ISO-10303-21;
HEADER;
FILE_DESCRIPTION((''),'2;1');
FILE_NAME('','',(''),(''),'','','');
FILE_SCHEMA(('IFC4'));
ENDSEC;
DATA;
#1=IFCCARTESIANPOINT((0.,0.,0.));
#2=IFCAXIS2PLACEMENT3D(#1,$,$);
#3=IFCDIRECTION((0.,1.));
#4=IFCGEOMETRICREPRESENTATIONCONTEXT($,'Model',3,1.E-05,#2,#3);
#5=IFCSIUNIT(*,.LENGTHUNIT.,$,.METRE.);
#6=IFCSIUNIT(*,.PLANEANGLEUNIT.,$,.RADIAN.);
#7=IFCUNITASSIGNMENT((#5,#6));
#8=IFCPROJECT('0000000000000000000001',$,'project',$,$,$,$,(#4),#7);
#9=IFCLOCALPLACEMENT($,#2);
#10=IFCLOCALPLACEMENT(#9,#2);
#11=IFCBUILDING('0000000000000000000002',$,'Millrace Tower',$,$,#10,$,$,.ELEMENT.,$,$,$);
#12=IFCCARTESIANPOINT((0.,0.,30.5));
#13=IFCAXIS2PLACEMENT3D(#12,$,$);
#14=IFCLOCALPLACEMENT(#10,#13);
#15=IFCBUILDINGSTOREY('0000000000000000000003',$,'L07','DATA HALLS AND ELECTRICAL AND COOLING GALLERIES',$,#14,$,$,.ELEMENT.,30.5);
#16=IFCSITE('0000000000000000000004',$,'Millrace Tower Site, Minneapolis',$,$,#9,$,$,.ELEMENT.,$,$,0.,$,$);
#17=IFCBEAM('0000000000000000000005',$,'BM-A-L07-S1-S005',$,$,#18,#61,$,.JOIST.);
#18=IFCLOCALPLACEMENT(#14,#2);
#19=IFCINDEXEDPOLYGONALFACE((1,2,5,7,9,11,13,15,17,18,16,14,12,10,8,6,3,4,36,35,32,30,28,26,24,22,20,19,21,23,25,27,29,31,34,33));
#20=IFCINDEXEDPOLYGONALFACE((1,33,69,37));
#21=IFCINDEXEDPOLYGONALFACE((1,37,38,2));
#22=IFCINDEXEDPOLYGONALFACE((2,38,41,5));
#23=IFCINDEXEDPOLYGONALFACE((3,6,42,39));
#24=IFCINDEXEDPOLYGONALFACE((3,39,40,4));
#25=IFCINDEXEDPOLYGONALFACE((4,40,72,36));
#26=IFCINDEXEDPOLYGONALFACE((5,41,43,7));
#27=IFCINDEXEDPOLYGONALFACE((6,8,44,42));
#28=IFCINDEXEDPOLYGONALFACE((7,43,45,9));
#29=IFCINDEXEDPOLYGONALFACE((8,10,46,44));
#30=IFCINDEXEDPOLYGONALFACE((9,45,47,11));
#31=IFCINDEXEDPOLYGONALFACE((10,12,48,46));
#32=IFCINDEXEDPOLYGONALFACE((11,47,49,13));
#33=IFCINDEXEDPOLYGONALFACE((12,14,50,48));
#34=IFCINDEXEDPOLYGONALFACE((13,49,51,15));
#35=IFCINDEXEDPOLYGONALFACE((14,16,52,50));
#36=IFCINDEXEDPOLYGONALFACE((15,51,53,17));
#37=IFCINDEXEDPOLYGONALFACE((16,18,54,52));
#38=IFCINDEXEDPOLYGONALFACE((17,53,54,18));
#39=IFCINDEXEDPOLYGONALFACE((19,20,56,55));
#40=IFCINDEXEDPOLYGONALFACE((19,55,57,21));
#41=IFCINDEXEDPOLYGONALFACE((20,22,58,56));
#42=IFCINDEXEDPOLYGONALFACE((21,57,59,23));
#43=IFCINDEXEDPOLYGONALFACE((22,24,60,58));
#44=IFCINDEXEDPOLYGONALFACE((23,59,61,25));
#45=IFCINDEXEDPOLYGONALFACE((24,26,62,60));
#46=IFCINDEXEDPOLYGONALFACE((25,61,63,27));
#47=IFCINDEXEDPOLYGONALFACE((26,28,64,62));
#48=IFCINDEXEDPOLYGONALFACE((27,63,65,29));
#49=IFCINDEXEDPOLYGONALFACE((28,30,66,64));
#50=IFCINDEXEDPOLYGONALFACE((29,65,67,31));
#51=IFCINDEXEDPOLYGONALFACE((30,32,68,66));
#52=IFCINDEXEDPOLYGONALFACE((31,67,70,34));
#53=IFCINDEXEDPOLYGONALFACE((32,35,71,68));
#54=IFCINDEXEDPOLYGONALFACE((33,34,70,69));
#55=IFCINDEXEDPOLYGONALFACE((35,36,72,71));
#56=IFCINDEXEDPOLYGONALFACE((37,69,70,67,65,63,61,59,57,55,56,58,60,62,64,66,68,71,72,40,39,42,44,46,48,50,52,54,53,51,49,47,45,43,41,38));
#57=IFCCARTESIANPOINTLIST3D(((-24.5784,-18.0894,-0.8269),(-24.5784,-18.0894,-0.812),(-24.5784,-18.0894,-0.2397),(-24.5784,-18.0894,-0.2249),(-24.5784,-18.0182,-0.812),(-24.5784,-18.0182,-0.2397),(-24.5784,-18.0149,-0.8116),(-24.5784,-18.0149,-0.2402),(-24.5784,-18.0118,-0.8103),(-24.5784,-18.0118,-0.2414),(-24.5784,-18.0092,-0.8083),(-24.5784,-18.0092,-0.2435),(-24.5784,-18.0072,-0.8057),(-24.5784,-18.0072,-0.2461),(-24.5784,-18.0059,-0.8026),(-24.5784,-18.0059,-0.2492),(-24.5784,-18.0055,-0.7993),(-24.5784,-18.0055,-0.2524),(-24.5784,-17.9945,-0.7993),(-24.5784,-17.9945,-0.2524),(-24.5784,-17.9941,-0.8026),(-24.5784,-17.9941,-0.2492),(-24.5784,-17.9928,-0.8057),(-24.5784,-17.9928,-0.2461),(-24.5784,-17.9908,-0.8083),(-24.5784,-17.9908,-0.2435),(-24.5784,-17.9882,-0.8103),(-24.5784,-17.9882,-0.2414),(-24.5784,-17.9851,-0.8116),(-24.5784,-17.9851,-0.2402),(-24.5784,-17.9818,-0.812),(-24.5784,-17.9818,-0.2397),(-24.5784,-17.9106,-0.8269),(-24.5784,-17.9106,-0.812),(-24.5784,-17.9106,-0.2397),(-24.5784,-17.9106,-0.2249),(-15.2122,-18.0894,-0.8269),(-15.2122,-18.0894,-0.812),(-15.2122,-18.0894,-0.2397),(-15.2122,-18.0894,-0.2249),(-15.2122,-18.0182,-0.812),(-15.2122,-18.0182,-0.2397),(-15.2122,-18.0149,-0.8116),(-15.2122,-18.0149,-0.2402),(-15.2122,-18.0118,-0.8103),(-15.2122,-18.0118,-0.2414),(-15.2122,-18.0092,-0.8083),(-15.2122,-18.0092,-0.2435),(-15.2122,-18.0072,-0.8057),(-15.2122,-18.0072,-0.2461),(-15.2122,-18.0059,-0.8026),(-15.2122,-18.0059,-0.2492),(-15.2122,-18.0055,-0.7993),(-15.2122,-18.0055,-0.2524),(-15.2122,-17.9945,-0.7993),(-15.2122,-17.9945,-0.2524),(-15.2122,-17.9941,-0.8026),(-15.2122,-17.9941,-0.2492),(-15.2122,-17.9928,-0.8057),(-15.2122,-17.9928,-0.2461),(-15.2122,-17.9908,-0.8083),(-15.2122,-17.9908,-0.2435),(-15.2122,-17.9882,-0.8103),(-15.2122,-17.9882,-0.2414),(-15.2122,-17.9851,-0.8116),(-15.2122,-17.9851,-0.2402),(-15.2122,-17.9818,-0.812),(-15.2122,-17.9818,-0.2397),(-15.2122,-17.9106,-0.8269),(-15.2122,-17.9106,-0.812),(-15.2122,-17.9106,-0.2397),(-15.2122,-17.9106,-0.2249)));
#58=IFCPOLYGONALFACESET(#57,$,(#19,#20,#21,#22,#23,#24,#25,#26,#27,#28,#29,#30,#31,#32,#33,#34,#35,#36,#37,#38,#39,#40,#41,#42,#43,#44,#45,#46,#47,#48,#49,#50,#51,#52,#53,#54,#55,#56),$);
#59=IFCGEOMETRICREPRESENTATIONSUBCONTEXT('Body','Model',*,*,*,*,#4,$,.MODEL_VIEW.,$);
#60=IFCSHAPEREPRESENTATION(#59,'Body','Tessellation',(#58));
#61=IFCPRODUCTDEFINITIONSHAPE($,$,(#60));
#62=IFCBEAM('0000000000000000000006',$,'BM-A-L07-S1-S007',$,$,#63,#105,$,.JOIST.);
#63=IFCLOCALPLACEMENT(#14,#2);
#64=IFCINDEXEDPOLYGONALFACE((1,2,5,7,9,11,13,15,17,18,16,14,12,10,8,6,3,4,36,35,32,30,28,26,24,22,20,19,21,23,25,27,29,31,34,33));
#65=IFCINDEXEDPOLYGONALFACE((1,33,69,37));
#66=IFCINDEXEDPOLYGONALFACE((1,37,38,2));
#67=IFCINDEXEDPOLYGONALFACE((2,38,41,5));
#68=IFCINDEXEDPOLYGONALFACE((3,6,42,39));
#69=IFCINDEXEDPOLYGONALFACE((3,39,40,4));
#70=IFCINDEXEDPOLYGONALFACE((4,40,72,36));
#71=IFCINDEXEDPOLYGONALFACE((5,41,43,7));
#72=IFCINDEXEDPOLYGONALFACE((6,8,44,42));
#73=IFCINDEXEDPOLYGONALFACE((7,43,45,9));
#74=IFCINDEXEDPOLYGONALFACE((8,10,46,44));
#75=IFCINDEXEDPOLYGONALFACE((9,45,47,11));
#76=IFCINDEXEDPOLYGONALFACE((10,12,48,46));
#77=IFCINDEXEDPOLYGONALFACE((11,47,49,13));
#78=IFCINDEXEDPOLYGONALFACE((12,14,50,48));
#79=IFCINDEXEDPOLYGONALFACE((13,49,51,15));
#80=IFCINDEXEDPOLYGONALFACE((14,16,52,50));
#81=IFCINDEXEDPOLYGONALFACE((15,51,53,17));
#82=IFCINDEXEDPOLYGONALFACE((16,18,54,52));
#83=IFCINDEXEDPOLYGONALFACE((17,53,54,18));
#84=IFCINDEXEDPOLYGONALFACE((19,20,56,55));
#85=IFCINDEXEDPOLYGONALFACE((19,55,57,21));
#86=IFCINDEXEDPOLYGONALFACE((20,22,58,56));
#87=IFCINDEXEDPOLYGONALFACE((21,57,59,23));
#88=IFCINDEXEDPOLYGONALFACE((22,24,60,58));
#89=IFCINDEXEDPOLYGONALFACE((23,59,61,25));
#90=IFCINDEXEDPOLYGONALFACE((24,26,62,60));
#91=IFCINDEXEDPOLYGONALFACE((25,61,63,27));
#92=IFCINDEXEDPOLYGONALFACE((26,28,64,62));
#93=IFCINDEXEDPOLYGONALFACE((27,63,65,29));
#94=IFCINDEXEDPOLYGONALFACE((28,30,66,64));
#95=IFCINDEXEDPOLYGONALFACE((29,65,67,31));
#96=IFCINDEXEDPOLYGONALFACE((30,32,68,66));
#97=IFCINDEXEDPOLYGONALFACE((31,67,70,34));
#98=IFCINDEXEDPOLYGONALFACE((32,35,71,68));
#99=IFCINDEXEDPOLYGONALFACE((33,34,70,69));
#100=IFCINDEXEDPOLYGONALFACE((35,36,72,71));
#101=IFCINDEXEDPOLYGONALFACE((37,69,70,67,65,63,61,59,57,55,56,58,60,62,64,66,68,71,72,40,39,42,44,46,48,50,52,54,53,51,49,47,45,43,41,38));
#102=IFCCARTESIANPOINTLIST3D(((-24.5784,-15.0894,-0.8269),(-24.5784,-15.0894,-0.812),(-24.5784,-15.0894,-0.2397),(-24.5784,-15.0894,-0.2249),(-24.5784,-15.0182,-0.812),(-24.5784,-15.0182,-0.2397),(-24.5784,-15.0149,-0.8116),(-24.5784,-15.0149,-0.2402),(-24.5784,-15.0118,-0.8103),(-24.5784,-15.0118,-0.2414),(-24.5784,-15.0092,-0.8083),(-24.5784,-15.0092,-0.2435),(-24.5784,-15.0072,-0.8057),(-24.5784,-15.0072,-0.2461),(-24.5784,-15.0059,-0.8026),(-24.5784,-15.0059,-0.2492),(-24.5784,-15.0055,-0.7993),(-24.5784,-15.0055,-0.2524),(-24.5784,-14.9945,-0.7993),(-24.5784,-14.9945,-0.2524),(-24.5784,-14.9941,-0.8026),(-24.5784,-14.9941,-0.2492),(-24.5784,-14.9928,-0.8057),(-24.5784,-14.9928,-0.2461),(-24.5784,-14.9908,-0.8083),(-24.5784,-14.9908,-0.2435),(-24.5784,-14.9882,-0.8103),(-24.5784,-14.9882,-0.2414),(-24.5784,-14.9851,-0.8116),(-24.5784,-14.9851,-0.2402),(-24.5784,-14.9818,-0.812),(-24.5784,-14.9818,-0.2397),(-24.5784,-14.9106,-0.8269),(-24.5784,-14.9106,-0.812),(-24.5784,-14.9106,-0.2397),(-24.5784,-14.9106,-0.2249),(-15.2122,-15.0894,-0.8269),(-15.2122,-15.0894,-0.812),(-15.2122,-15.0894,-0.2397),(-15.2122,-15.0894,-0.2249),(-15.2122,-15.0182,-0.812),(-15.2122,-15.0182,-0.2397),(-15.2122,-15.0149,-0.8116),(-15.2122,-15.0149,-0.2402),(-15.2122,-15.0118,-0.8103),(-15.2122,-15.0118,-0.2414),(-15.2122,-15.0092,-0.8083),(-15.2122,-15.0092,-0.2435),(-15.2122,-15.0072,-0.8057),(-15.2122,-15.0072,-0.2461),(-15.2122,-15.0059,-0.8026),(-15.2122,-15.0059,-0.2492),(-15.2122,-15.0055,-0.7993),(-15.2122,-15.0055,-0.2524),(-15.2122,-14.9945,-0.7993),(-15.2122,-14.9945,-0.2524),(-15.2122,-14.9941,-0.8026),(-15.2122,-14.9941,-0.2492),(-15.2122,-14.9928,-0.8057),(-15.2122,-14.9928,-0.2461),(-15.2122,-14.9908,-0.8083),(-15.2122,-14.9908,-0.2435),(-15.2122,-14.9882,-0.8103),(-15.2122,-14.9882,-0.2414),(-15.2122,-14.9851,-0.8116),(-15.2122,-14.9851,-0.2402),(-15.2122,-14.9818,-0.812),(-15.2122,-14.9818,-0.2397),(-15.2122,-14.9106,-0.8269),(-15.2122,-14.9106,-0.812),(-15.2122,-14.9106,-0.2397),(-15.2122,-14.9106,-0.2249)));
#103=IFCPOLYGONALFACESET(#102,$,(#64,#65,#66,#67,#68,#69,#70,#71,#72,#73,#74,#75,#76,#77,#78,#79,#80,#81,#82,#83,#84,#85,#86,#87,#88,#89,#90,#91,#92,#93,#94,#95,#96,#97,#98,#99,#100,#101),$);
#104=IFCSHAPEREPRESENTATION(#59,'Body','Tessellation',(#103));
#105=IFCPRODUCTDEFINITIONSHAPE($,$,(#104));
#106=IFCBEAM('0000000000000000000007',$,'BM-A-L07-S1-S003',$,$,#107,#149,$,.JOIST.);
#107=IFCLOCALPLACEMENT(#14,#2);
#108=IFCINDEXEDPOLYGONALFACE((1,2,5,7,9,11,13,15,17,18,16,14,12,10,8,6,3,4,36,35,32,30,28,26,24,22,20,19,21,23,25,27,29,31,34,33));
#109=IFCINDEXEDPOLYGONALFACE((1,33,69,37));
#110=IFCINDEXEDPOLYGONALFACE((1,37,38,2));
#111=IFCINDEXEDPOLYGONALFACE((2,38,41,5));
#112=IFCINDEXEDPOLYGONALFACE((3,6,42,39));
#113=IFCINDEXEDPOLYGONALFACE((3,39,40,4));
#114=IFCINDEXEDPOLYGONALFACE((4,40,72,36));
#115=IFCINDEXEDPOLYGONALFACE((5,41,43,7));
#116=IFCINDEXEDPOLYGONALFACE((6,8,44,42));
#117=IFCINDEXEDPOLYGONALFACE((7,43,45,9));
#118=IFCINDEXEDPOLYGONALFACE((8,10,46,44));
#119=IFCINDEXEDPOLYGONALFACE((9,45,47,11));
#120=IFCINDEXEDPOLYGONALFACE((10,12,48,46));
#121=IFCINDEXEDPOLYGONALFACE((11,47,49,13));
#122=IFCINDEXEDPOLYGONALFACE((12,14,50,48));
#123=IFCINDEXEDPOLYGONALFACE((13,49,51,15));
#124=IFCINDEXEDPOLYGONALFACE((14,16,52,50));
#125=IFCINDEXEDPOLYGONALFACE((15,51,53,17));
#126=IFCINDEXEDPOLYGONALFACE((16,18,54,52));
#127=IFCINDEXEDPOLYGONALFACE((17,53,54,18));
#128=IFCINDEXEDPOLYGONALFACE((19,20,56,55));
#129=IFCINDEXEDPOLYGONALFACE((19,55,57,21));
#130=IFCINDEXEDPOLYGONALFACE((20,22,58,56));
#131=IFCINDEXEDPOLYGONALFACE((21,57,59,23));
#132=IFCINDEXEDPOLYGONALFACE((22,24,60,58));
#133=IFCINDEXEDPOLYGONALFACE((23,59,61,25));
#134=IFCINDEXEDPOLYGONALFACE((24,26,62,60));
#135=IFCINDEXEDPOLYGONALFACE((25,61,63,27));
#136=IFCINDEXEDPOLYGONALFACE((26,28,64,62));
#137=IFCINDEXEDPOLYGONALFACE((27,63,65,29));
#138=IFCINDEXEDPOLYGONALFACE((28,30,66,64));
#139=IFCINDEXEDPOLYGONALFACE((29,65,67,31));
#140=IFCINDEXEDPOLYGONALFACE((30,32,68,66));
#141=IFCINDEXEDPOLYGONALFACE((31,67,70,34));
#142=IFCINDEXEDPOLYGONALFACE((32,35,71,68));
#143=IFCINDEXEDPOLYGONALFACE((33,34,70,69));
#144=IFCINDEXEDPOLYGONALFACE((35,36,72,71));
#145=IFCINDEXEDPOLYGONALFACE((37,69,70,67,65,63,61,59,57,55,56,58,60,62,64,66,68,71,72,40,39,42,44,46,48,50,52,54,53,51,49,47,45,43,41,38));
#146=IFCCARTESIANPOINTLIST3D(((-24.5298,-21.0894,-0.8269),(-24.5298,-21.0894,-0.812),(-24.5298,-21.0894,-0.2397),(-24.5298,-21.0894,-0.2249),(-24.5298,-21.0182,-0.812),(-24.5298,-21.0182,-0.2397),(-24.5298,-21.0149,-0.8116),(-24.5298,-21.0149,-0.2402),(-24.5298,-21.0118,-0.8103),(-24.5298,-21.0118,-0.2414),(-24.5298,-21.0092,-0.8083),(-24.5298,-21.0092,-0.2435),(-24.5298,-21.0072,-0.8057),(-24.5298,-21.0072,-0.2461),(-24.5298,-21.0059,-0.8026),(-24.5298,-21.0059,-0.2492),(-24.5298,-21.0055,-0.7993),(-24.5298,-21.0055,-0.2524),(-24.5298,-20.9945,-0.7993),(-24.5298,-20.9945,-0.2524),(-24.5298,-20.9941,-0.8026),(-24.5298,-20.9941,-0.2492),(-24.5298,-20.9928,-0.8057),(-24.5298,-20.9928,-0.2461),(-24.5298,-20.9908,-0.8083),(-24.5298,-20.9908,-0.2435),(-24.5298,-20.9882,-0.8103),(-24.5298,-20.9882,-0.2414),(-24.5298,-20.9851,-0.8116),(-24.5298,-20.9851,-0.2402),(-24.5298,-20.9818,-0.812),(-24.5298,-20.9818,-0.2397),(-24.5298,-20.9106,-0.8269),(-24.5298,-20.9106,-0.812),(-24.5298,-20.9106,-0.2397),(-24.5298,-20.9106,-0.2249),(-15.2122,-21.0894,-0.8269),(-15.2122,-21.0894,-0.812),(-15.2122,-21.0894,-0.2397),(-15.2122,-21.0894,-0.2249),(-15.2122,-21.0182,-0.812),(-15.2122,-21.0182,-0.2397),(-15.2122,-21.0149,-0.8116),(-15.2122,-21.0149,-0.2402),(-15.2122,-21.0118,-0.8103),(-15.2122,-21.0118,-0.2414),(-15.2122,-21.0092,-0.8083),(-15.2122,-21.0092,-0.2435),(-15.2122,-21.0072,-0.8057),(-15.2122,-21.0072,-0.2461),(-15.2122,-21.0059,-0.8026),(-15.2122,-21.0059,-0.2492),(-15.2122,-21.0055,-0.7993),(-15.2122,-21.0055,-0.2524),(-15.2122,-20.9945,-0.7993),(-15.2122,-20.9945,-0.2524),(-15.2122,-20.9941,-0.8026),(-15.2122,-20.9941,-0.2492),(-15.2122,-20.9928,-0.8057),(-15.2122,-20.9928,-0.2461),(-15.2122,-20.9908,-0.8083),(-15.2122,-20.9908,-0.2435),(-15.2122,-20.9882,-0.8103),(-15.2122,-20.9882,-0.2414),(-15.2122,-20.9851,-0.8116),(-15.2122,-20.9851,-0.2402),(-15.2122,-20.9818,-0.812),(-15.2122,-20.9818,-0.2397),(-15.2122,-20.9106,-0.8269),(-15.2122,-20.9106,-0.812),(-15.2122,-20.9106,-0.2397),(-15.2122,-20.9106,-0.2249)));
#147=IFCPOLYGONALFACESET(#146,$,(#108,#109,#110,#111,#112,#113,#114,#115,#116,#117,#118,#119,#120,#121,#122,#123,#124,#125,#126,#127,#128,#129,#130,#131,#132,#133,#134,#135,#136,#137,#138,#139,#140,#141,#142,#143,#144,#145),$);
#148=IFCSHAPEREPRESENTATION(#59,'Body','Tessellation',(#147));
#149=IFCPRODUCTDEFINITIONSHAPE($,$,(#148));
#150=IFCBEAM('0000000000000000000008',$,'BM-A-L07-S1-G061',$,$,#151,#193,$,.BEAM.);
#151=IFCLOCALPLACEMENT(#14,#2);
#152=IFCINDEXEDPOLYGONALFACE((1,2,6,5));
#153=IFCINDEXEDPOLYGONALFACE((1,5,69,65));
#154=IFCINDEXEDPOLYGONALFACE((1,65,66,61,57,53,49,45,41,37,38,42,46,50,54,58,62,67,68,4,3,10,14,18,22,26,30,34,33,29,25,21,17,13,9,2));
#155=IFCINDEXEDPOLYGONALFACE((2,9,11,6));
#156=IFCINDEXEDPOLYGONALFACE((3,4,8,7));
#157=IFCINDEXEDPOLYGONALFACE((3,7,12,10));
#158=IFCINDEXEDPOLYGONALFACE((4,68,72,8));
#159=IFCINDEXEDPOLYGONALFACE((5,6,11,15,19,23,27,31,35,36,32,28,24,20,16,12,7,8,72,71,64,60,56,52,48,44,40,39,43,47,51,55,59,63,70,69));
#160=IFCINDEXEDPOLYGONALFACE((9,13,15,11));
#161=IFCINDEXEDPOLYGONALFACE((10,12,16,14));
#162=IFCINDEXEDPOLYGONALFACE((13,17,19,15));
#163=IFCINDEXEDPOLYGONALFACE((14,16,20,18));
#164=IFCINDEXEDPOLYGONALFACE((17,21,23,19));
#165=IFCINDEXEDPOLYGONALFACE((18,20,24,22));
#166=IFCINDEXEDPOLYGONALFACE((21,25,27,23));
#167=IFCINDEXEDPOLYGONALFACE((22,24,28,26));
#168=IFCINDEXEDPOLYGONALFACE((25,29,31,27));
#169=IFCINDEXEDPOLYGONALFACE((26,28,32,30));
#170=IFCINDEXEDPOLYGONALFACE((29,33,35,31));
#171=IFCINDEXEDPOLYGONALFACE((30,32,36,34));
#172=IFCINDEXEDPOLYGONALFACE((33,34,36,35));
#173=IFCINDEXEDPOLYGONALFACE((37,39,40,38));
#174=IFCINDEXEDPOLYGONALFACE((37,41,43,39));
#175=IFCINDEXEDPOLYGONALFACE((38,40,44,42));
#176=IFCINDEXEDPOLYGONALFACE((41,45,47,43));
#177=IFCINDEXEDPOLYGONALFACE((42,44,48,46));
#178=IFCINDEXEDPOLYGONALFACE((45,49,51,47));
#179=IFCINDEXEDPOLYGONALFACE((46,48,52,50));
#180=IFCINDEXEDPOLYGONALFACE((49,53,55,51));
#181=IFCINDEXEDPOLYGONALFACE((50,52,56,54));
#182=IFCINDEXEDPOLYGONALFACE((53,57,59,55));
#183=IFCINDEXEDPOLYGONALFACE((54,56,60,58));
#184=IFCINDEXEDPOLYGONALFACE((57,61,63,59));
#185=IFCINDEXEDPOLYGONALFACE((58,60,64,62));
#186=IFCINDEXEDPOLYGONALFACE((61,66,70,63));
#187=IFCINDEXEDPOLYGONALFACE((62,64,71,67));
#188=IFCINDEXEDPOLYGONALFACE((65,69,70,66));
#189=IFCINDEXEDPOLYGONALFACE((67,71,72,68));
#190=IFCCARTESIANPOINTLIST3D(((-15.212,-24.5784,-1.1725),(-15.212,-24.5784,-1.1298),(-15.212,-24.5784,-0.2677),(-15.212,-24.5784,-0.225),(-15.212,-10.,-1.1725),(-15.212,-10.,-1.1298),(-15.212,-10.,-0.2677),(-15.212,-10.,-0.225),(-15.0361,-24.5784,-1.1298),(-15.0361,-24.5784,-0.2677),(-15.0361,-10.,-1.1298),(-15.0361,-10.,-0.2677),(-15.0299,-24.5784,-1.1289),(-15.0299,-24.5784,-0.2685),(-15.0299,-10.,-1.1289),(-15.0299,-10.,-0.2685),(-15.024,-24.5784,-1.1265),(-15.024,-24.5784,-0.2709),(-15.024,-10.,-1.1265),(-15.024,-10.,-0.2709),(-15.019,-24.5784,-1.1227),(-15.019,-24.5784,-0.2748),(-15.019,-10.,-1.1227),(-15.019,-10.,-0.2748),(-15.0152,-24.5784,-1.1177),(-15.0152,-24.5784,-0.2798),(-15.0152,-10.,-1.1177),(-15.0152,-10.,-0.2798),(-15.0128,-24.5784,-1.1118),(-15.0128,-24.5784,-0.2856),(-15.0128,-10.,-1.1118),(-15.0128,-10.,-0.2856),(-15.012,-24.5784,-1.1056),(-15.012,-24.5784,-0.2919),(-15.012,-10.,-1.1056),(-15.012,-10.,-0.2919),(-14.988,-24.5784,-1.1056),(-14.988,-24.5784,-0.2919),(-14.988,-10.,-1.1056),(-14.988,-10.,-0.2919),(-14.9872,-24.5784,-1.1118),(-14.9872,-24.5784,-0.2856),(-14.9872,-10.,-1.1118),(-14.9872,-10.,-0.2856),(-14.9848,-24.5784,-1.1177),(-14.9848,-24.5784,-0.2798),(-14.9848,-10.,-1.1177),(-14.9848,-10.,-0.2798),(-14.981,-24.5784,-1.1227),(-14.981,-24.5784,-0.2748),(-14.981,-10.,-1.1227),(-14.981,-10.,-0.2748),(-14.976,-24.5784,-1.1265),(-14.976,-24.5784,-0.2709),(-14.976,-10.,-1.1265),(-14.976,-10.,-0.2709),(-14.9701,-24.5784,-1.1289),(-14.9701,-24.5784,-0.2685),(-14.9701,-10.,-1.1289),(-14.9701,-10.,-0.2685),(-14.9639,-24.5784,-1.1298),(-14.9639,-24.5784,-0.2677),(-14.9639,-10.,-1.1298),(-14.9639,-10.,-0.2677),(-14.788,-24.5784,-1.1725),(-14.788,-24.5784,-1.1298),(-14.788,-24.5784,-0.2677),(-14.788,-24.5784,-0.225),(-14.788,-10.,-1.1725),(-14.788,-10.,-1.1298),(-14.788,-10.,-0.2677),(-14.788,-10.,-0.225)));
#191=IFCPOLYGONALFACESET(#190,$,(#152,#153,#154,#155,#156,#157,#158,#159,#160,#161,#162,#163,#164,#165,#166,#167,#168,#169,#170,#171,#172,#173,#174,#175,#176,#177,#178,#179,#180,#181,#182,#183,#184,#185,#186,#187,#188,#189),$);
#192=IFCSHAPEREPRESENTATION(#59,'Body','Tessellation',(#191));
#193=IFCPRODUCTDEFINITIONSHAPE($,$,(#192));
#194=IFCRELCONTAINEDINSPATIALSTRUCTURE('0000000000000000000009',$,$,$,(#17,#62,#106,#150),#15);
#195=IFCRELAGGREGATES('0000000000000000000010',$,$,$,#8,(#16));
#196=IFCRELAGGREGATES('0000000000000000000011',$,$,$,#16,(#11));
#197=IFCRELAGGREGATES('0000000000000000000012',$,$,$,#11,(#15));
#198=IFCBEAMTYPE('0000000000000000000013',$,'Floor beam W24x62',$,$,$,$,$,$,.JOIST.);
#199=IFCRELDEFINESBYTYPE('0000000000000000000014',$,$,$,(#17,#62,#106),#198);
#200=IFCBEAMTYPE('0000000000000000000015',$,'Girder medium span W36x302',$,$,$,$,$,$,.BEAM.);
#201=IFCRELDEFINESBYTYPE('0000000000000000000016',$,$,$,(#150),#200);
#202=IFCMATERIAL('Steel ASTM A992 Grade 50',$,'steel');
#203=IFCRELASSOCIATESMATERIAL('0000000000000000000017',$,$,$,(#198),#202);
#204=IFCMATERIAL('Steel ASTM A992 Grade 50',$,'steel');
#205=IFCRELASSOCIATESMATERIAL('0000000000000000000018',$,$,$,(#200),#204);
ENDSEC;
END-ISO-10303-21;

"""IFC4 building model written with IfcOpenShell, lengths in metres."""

from ifc_helpers import new_model, si_unit, direction, frame, origin, origin_2d, place, context, subcontext, project, spatial, i_section, extrude, material, material_profile, profile_set, type_object, element, save


model = new_model("IFC4")

# Units and contexts
model_context = context("Model", 3, precision=1e-05, world=origin(), true_north=direction((0.0, 1.0)))
body_context = subcontext(model_context, "Body", "Model", "MODEL_VIEW")
ifc_project = project(units=[si_unit("LENGTHUNIT", "METRE"), si_unit("PLANEANGLEUNIT", "RADIAN")], contexts=[model_context])

# Site, building, storey
site_placement = place(None, origin())
site = spatial("IfcSite", under=ifc_project, at=site_placement, Name="Millrace Tower Site, Minneapolis", CompositionType="ELEMENT", RefElevation=0.0)
building_placement = place(site_placement, origin())
building = spatial("IfcBuilding", under=site, at=building_placement, Name="Millrace Tower", CompositionType="ELEMENT")
storey_placement = place(building_placement, frame((0.0, 0.0, 30.5)))
storey = spatial("IfcBuildingStorey", under=building, at=storey_placement, Name="L07", Description="DATA HALLS AND ELECTRICAL AND COOLING GALLERIES", CompositionType="ELEMENT", Elevation=30.5)

# Beams
ifc_material_1 = material(Name="Steel ASTM A992 Grade 50", Category="steel")
ifc_material_profile_1 = material_profile(ifc_material_1, i_section(OverallWidth=0.1787, OverallDepth=0.6021, WebThickness=0.011, FlangeThickness=0.0149, FilletRadius=0.0127, at=origin_2d()))
ifc_profile_set_1 = profile_set([ifc_material_profile_1], Name="Steel ASTM A992 Grade 50")
beam_type_1 = type_object("IfcBeamType", Name="Floor beam W24x62", PredefinedType="JOIST", material=ifc_profile_set_1)
for number, where, z_axis, x_axis, name in (
    (1, (-24.5784, -18.0, -0.5259), (1.0, 0.0, 0.0), (0.0, 1.0, 0.0), "BM-A-L07-S1-S005"),
    (2, (-24.5784, -15.0, -0.5259), (1.0, 0.0, 0.0), (0.0, 1.0, 0.0), "BM-A-L07-S1-S007"),
):
    element("IfcBeam", number, at=place(storey_placement, frame(where, z_axis=z_axis, x_axis=x_axis)), inside=storey, type_object=beam_type_1, Name=name, PredefinedType="JOIST", context=body_context, shape_type="SweptSolid", body=[
        extrude(i_section(OverallWidth=0.1787, OverallDepth=0.6021, WebThickness=0.011, FlangeThickness=0.0149, FilletRadius=0.0127, at=origin_2d()), origin(), (0.0, 0.0, 1.0), 9.3662),
    ])
beam_1_placement = place(storey_placement, frame((-24.5298, -21.0, -0.5259), z_axis=(1.0, 0.0, 0.0), x_axis=(0.0, 1.0, 0.0)))
element("IfcBeam", 3, at=beam_1_placement, inside=storey, type_object=beam_type_1, Name="BM-A-L07-S1-S003", PredefinedType="JOIST", context=body_context, shape_type="SweptSolid", body=[
    extrude(i_section(OverallWidth=0.1787, OverallDepth=0.6021, WebThickness=0.011, FlangeThickness=0.0149, FilletRadius=0.0127, at=origin_2d()), origin(), (0.0, 0.0, 1.0), 9.3176),
])
ifc_material_2 = material(Name="Steel ASTM A992 Grade 50", Category="steel")
ifc_material_profile_2 = material_profile(ifc_material_2, i_section(OverallWidth=0.4241, OverallDepth=0.9475, WebThickness=0.0239, FlangeThickness=0.0427, FilletRadius=0.0242, at=origin_2d()))
ifc_profile_set_2 = profile_set([ifc_material_profile_2], Name="Steel ASTM A992 Grade 50")
beam_type_2 = type_object("IfcBeamType", Name="Girder medium span W36x302", PredefinedType="BEAM", material=ifc_profile_set_2)
beam_2_placement = place(storey_placement, frame((-15.0, -24.5784, -0.6987), z_axis=(0.0, 1.0, 0.0), x_axis=(-1.0, 0.0, 0.0)))
element("IfcBeam", 4, at=beam_2_placement, inside=storey, type_object=beam_type_2, Name="BM-A-L07-S1-G061", PredefinedType="BEAM", context=body_context, shape_type="SweptSolid", body=[
    extrude(i_section(OverallWidth=0.4241, OverallDepth=0.9475, WebThickness=0.0239, FlangeThickness=0.0427, FilletRadius=0.0242, at=origin_2d()), origin(), (0.0, 0.0, 1.0), 14.5784),
])

save(model, "model.ifc")
